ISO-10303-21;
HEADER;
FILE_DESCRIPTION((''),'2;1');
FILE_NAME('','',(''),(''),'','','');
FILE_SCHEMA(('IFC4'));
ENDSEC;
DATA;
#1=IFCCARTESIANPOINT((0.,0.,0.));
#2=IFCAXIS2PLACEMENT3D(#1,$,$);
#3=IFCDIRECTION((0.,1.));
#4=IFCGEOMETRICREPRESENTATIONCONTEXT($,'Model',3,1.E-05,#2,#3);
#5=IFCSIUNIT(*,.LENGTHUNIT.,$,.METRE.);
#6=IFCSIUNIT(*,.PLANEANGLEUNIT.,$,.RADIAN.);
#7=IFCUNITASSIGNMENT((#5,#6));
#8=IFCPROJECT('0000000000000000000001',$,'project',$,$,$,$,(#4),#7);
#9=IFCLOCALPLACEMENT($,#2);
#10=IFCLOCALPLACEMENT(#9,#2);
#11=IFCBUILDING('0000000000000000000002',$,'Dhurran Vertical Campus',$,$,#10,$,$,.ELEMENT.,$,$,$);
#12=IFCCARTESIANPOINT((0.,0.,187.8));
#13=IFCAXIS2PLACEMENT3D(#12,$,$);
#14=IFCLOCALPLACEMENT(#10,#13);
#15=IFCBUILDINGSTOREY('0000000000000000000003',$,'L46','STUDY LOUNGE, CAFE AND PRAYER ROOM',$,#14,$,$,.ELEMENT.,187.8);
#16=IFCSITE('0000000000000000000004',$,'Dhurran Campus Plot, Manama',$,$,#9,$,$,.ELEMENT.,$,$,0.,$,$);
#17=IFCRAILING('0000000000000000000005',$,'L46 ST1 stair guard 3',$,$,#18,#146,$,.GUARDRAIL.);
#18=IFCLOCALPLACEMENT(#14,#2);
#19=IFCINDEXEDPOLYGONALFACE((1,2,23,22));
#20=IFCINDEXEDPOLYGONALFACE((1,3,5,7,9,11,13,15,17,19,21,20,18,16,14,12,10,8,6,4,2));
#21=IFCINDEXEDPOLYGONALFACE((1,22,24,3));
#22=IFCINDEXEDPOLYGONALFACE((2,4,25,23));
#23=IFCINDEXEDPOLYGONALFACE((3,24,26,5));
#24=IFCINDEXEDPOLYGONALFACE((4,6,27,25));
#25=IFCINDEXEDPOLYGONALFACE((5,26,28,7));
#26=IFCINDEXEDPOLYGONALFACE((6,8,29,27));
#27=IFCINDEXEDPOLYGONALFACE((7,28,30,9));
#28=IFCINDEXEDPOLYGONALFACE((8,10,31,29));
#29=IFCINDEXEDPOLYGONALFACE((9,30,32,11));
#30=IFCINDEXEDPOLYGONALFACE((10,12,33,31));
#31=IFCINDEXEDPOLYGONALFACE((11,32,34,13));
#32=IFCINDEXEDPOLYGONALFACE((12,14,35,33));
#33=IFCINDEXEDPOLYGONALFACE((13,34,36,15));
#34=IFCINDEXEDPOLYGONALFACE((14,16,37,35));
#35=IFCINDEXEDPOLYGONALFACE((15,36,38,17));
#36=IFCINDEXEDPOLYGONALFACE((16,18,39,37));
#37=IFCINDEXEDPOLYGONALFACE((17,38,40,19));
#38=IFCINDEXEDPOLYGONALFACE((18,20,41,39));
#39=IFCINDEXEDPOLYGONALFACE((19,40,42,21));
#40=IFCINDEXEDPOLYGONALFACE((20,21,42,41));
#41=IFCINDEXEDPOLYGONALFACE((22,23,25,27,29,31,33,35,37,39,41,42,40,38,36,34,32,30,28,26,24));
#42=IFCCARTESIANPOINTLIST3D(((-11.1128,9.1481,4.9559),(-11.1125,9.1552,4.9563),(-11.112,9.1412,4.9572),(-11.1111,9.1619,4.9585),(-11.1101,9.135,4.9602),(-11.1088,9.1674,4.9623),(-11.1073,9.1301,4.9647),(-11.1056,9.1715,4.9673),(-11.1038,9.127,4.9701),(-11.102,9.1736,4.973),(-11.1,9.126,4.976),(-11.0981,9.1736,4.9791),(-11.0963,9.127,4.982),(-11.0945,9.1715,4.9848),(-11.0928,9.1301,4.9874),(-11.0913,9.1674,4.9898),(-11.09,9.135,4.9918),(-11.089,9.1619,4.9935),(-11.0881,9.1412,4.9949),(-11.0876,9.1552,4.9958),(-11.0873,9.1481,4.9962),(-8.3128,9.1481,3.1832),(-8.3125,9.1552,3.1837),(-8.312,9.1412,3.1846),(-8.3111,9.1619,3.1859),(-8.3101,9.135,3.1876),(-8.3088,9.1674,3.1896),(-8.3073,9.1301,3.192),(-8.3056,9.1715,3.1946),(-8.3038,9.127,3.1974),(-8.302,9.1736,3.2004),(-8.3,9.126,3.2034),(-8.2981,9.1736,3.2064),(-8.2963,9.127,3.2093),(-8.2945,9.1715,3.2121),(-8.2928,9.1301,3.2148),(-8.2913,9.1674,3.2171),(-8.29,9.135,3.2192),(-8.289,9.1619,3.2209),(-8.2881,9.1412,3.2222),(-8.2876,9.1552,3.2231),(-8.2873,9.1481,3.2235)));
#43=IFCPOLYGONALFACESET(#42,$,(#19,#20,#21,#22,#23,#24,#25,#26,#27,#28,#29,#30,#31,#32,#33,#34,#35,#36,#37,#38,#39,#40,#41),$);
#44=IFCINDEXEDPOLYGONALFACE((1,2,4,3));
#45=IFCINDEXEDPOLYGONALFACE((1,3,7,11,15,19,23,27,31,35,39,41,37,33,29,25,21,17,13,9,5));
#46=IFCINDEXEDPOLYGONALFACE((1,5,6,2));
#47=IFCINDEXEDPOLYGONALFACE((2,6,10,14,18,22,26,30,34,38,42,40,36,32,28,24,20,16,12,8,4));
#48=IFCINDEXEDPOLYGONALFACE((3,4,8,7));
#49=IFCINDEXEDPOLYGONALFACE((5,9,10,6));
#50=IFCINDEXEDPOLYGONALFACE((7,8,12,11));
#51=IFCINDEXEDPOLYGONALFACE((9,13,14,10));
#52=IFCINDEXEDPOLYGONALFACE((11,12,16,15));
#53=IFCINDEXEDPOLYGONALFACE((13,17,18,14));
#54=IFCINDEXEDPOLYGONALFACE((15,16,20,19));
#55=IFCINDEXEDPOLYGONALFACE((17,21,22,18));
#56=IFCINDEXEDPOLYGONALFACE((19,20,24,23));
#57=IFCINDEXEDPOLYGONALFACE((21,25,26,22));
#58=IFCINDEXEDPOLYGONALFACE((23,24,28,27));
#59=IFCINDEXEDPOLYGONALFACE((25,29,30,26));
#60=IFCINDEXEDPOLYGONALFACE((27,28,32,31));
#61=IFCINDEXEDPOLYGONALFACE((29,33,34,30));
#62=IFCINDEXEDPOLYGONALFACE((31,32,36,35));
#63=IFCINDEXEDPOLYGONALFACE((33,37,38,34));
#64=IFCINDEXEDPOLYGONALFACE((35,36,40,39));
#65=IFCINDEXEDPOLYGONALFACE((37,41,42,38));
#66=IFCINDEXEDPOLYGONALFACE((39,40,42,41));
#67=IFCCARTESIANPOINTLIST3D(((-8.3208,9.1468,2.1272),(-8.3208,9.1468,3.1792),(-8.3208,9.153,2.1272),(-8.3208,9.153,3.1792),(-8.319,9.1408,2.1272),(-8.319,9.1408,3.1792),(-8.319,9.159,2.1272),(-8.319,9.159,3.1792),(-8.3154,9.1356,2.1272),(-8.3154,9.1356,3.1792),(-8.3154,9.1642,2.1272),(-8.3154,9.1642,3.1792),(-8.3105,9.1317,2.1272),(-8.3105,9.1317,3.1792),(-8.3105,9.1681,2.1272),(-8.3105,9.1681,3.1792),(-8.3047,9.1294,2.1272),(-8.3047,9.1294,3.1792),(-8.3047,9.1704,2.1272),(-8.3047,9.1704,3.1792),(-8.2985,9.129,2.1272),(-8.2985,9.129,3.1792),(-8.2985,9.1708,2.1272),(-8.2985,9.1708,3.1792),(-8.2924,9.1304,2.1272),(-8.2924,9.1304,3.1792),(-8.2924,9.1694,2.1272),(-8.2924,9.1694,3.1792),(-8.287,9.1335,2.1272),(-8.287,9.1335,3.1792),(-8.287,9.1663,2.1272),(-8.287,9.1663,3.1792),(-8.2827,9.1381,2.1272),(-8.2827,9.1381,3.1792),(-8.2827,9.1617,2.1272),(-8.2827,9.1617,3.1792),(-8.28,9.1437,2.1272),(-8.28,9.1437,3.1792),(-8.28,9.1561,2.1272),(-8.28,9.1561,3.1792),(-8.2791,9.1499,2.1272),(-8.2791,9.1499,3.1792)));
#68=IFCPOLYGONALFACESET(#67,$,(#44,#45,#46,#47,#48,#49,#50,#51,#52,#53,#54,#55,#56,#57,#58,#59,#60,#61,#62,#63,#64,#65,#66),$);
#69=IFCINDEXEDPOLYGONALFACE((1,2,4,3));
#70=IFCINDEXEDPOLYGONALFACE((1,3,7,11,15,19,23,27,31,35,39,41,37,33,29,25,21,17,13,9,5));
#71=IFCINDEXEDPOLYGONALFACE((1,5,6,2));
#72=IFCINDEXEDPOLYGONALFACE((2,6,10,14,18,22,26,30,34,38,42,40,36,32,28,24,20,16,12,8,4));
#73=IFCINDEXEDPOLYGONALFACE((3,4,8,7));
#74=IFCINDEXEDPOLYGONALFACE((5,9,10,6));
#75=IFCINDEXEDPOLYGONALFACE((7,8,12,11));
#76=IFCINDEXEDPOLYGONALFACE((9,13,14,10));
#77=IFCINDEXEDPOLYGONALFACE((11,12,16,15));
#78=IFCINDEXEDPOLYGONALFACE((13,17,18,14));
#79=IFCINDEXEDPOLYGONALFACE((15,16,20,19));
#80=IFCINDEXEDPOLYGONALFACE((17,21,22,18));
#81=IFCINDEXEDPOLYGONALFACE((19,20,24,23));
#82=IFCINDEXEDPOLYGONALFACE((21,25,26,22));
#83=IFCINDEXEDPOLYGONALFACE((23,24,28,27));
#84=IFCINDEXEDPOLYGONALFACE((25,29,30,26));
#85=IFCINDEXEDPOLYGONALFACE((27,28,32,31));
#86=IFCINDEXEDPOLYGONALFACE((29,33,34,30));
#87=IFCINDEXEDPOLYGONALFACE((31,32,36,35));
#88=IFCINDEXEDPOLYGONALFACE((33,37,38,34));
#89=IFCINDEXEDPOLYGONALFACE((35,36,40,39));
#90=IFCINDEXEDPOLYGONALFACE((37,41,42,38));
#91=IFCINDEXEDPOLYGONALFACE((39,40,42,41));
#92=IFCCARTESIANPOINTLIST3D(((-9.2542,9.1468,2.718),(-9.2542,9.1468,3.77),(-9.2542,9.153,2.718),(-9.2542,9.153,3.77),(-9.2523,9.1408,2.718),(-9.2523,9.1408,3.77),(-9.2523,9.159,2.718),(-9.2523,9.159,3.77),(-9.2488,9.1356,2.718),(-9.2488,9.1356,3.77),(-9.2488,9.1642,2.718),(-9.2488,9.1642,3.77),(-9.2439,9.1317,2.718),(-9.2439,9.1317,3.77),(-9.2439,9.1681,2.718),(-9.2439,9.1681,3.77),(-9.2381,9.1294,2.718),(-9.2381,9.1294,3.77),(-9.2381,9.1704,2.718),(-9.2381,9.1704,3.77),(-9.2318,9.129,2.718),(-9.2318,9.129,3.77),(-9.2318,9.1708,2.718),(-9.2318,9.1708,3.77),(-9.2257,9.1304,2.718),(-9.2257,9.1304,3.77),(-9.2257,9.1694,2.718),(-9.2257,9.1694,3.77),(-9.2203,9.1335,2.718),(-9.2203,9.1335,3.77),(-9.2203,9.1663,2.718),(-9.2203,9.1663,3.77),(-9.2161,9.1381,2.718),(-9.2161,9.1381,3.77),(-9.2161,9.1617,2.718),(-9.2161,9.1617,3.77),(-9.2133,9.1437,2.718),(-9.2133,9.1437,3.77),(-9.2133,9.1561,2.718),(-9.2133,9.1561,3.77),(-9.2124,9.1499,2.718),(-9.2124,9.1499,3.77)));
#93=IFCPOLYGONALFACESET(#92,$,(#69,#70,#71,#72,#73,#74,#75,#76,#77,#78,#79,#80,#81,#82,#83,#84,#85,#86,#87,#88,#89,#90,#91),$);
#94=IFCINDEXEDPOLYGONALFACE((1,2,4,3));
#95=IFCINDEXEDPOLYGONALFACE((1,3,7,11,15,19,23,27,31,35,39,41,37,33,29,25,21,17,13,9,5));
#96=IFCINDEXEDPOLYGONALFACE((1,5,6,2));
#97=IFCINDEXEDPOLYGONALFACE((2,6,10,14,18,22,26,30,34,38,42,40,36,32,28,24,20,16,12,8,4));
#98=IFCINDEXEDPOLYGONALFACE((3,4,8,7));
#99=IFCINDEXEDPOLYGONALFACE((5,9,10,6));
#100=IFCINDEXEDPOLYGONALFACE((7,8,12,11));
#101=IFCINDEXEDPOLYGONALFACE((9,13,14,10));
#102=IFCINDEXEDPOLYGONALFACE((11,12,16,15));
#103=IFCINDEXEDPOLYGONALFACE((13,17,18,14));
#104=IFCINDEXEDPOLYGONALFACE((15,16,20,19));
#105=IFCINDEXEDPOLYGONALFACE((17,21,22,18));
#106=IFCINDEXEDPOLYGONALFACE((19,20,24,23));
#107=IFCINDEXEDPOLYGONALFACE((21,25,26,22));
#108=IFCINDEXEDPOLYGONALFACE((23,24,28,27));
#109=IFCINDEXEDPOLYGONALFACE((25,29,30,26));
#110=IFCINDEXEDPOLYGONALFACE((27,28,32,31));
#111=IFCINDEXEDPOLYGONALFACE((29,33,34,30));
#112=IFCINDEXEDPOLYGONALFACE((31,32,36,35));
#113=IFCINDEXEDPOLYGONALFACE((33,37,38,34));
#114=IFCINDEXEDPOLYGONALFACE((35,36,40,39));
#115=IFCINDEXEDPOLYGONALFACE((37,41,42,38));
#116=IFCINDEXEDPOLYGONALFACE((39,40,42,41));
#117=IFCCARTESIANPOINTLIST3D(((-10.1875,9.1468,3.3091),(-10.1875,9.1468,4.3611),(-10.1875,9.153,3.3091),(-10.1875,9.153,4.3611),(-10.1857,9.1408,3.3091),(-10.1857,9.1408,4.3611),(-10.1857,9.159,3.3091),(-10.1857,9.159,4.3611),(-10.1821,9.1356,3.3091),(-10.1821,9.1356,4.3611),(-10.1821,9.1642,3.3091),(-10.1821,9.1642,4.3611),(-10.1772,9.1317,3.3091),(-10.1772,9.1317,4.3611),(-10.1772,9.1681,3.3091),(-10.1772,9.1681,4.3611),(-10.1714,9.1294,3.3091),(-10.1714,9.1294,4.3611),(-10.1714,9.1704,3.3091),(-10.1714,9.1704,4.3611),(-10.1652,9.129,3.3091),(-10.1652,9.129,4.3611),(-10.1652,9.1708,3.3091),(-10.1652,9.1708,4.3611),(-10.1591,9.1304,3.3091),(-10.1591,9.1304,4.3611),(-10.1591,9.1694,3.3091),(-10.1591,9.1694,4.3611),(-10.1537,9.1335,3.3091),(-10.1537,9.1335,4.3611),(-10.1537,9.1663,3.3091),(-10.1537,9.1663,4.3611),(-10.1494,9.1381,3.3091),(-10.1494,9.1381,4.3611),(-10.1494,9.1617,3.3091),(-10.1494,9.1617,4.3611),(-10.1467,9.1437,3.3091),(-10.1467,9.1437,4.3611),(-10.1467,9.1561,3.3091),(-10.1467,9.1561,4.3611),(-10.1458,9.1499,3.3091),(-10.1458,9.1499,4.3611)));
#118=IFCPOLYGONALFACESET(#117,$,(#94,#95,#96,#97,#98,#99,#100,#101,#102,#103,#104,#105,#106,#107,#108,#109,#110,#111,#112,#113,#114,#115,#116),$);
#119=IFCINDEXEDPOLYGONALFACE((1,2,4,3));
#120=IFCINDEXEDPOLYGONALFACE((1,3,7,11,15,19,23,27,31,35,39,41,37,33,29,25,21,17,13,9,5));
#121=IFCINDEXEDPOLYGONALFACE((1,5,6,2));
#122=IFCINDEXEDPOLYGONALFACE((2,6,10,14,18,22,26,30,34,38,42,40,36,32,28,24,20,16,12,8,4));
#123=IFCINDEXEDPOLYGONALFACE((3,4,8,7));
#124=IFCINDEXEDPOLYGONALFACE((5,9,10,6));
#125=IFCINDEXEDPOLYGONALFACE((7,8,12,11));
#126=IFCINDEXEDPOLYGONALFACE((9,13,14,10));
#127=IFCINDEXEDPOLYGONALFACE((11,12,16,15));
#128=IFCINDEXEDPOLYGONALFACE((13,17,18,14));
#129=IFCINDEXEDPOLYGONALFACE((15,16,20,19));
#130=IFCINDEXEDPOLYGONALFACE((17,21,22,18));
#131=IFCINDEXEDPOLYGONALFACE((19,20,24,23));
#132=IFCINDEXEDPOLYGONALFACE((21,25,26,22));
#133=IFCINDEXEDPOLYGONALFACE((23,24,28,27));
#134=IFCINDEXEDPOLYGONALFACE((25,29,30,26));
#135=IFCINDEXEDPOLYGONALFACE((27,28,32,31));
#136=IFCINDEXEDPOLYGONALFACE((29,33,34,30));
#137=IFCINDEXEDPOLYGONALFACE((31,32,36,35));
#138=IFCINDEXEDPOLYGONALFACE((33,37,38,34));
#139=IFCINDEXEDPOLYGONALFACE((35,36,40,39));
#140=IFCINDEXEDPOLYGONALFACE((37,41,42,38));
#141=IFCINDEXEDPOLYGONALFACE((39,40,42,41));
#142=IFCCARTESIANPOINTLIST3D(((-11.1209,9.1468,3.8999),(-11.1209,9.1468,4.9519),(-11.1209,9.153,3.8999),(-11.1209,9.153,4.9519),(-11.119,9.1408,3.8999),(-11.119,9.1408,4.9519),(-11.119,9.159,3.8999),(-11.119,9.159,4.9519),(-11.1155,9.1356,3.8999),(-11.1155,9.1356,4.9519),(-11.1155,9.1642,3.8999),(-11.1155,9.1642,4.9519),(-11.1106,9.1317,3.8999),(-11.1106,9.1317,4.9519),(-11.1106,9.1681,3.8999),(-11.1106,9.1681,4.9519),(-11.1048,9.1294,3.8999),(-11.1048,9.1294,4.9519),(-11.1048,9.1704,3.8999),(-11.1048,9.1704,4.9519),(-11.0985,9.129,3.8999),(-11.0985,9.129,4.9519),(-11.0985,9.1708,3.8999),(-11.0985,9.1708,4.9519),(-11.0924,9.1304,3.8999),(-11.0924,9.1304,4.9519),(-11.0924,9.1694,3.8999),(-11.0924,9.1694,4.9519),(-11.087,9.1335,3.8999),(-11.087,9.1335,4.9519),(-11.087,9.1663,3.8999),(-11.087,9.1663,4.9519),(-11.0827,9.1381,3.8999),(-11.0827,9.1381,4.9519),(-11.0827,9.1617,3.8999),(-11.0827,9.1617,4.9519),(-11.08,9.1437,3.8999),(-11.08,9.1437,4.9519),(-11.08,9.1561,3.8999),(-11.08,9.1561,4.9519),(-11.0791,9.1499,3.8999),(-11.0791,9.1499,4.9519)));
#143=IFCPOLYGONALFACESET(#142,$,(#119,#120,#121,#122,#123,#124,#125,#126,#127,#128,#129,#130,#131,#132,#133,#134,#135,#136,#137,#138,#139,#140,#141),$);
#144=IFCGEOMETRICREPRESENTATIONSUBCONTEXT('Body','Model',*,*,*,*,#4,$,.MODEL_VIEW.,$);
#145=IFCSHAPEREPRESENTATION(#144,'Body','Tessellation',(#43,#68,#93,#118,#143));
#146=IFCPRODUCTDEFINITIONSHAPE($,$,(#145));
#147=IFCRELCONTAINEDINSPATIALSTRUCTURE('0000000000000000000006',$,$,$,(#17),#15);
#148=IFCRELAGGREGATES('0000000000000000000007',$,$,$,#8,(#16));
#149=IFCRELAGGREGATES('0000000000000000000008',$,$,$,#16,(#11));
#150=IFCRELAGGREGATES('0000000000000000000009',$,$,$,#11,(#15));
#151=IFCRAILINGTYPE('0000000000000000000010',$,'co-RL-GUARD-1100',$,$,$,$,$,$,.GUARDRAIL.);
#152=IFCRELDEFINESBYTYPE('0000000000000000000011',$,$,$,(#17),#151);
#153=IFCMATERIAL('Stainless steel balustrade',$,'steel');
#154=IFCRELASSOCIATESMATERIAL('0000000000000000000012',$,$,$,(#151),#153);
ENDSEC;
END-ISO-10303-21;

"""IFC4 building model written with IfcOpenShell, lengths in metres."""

from ifc_helpers import new_model, si_unit, direction, frame, origin, origin_2d, place, context, subcontext, project, spatial, circle, extrude, material, type_object, element, save


model = new_model("IFC4")

# Units and contexts
model_context = context("Model", 3, precision=1e-05, world=origin(), true_north=direction((0.0, 1.0)))
body_context = subcontext(model_context, "Body", "Model", "MODEL_VIEW")
ifc_project = project(units=[si_unit("LENGTHUNIT", "METRE"), si_unit("PLANEANGLEUNIT", "RADIAN")], contexts=[model_context])

# Site, building, storey
site_placement = place(None, origin())
site = spatial("IfcSite", under=ifc_project, at=site_placement, Name="Dhurran Campus Plot, Manama", CompositionType="ELEMENT", RefElevation=0.0)
building_placement = place(site_placement, origin())
building = spatial("IfcBuilding", under=site, at=building_placement, Name="Dhurran Vertical Campus", CompositionType="ELEMENT")
storey_placement = place(building_placement, frame((0.0, 0.0, 187.8)))
storey = spatial("IfcBuildingStorey", under=building, at=storey_placement, Name="L46", Description="STUDY LOUNGE, CAFE AND PRAYER ROOM", CompositionType="ELEMENT", Elevation=187.8)

# Railing
ifc_material_1 = material(Name="Stainless steel balustrade", Category="steel")
railing_type_1 = type_object("IfcRailingType", Name="co-RL-GUARD-1100", PredefinedType="GUARDRAIL", material=ifc_material_1)
railing_1_placement = place(storey_placement, frame((-8.3, 9.1499, 2.1272)))
element("IfcRailing", 1, at=railing_1_placement, inside=storey, type_object=railing_type_1, Name="L46 ST1 stair guard 3", PredefinedType="GUARDRAIL", context=body_context, shape_type="SweptSolid", body=[
    extrude(circle(Radius=0.0239, at=origin_2d()), frame((0.0, 0.0, 1.0762), z_axis=(-0.844909, 0.0, 0.53491), x_axis=(0.0, -1.0, 0.0)), (0.0, 0.0, 1.0), 3.314),
    extrude(circle(Radius=0.021, at=origin_2d()), origin(), (0.0, 0.0, 1.0), 1.052),
    extrude(circle(Radius=0.021, at=origin_2d()), frame((-0.9333, 0.0, 0.5908)), (0.0, 0.0, 1.0), 1.052),
    extrude(circle(Radius=0.021, at=origin_2d()), frame((-1.8667, 0.0, 1.1819)), (0.0, 0.0, 1.0), 1.052),
    extrude(circle(Radius=0.021, at=origin_2d()), frame((-2.8, 0.0, 1.7727)), (0.0, 0.0, 1.0), 1.052),
])

save(model, "model.ifc")
